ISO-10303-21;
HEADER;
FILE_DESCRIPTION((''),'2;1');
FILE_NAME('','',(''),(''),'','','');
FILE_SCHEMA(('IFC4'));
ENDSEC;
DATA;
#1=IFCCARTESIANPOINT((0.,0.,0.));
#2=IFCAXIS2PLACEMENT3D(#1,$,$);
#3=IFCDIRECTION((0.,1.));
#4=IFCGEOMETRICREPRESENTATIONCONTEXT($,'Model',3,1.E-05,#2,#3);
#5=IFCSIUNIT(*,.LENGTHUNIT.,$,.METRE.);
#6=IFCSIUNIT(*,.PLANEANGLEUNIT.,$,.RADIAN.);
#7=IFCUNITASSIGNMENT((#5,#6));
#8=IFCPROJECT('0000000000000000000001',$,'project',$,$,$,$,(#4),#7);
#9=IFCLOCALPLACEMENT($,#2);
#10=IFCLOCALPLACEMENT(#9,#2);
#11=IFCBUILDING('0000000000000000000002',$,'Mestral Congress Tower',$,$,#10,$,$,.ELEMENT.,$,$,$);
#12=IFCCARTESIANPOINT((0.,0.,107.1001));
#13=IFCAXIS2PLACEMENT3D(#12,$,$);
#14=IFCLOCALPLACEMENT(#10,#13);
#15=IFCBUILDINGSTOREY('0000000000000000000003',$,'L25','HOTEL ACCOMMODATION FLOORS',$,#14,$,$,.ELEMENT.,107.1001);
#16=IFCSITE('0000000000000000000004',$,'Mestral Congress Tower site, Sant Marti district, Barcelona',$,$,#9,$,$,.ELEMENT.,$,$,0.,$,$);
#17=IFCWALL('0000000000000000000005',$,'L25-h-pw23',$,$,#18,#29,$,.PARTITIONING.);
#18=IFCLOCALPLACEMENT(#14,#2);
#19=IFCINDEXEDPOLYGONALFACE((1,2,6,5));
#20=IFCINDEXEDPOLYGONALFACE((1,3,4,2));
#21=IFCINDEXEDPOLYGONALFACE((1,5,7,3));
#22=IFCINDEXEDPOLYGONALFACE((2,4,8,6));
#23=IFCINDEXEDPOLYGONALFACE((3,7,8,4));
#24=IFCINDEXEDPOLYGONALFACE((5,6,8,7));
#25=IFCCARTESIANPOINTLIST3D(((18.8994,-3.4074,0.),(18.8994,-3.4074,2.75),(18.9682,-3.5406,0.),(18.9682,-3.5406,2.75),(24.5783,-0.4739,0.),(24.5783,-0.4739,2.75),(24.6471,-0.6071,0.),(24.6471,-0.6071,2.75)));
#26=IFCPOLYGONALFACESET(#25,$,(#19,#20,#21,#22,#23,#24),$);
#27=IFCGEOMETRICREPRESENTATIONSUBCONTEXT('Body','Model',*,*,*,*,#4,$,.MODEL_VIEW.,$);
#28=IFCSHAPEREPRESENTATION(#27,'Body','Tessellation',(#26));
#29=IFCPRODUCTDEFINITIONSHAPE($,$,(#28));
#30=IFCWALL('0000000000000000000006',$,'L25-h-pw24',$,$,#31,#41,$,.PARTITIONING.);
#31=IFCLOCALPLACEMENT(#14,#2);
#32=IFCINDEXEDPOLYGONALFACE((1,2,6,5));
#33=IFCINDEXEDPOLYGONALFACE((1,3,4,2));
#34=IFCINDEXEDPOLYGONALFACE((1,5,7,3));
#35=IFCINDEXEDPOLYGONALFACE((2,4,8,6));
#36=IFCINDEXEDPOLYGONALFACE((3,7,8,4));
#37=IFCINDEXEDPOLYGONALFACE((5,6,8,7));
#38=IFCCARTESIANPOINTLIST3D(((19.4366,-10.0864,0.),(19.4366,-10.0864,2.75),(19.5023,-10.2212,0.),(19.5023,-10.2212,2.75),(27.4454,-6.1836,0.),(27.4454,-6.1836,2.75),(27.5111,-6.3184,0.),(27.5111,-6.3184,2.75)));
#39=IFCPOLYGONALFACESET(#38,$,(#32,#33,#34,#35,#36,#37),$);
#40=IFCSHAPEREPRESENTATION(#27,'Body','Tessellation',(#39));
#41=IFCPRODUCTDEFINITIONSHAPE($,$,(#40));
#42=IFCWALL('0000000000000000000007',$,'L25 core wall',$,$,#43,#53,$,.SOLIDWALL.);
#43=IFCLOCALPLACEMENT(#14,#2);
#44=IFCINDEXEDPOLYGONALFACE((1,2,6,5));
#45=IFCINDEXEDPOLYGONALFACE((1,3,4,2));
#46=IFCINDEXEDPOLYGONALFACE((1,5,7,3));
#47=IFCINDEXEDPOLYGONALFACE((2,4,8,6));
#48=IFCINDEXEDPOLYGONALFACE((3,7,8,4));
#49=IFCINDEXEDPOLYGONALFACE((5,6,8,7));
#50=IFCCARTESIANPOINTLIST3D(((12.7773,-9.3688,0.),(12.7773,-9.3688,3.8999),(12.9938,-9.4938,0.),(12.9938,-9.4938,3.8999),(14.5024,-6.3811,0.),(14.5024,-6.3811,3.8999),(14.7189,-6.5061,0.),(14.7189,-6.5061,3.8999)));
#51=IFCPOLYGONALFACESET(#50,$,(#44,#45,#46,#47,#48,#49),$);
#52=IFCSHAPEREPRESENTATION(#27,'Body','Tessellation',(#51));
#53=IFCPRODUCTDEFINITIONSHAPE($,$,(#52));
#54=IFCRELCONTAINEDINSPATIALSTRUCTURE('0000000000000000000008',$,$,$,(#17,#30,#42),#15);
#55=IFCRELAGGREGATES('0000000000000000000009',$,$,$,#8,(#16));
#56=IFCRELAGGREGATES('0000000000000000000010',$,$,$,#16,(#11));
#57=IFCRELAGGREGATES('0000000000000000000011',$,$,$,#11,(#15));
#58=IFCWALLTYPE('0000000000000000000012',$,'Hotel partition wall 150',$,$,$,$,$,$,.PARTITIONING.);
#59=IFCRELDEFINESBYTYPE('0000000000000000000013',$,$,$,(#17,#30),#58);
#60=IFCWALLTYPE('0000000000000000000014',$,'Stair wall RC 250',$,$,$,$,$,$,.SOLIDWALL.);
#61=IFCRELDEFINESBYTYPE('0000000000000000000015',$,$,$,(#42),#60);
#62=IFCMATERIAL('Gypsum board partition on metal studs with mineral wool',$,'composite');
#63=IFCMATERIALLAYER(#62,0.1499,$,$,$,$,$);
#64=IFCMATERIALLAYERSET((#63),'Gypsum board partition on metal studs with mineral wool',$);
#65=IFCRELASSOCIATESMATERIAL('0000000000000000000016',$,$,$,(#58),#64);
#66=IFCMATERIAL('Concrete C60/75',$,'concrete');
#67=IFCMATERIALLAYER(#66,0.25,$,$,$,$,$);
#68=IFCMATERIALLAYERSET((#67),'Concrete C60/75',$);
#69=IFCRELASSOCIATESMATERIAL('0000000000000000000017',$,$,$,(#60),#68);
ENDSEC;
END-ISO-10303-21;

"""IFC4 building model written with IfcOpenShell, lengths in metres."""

from ifc_helpers import new_model, si_unit, direction, frame, frame_2d, origin, place, context, subcontext, project, spatial, rectangle, extrude, material, layer, layer_set, type_object, element, save


model = new_model("IFC4")

# Units and contexts
model_context = context("Model", 3, precision=1e-05, world=origin(), true_north=direction((0.0, 1.0)))
body_context = subcontext(model_context, "Body", "Model", "MODEL_VIEW")
ifc_project = project(units=[si_unit("LENGTHUNIT", "METRE"), si_unit("PLANEANGLEUNIT", "RADIAN")], contexts=[model_context])

# Site, building, storey
site_placement = place(None, origin())
site = spatial("IfcSite", under=ifc_project, at=site_placement, Name="Mestral Congress Tower site, Sant Marti district, Barcelona", CompositionType="ELEMENT", RefElevation=0.0)
building_placement = place(site_placement, origin())
building = spatial("IfcBuilding", under=site, at=building_placement, Name="Mestral Congress Tower", CompositionType="ELEMENT")
storey_placement = place(building_placement, frame((0.0, 0.0, 107.1001)))
storey = spatial("IfcBuildingStorey", under=building, at=storey_placement, Name="L25", Description="HOTEL ACCOMMODATION FLOORS", CompositionType="ELEMENT", Elevation=107.1001)

# Shared definitions
ifc_material_1 = material(Name="Gypsum board partition on metal studs with mineral wool", Category="composite")

# Shared definitions
ifc_layer_1 = layer(ifc_material_1, 0.1499)
ifc_layer_set_1 = layer_set([ifc_layer_1], Name="Gypsum board partition on metal studs with mineral wool")
wall_type_1 = type_object("IfcWallType", Name="Hotel partition wall 150", PredefinedType="PARTITIONING", material=ifc_layer_set_1)

# Walls
wall_1_placement = place(storey_placement, frame((24.6125, -0.5405, 0.0), z_axis=(0.0, 0.0, 1.0), x_axis=(-0.88846, -0.458954, 0.0)))
element("IfcWall", 1, at=wall_1_placement, inside=storey, type_object=wall_type_1, Name="L25-h-pw23", PredefinedType="PARTITIONING", context=body_context, shape_type="SweptSolid", body=[
    extrude(rectangle(XDim=6.3918, YDim=0.1499, at=frame_2d((3.1958, 0.0))), origin(), (0.0, 0.0, 1.0), 2.75),
])
wall_2_placement = place(storey_placement, frame((27.4783, -6.251, 0.0), z_axis=(0.0, 0.0, 1.0), x_axis=(-0.898941, -0.438071, 0.0)))
element("IfcWall", 2, at=wall_2_placement, inside=storey, type_object=wall_type_1, Name="L25-h-pw24", PredefinedType="PARTITIONING", context=body_context, shape_type="SweptSolid", body=[
    extrude(rectangle(XDim=8.9092, YDim=0.1499, at=frame_2d((4.4546, 0.0))), origin(), (0.0, 0.0, 1.0), 2.75),
])
ifc_material_2 = material(Name="Concrete C60/75", Category="concrete")
ifc_layer_2 = layer(ifc_material_2, 0.25)
ifc_layer_set_2 = layer_set([ifc_layer_2], Name="Concrete C60/75")
wall_type_2 = type_object("IfcWallType", Name="Stair wall RC 250", PredefinedType="SOLIDWALL", material=ifc_layer_set_2)
wall_3_placement = place(storey_placement, frame((12.8855, -9.4314, 0.0), z_axis=(0.0, 0.0, 1.0), x_axis=(0.500021, 0.866014, 0.0)))
element("IfcWall", 3, at=wall_3_placement, inside=storey, type_object=wall_type_2, Name="L25 core wall", PredefinedType="SOLIDWALL", context=body_context, shape_type="SweptSolid", body=[
    extrude(rectangle(XDim=3.45, YDim=0.25, at=frame_2d((1.7251, 0.0))), origin(), (0.0, 0.0, 1.0), 3.8999),
])

save(model, "model.ifc")
